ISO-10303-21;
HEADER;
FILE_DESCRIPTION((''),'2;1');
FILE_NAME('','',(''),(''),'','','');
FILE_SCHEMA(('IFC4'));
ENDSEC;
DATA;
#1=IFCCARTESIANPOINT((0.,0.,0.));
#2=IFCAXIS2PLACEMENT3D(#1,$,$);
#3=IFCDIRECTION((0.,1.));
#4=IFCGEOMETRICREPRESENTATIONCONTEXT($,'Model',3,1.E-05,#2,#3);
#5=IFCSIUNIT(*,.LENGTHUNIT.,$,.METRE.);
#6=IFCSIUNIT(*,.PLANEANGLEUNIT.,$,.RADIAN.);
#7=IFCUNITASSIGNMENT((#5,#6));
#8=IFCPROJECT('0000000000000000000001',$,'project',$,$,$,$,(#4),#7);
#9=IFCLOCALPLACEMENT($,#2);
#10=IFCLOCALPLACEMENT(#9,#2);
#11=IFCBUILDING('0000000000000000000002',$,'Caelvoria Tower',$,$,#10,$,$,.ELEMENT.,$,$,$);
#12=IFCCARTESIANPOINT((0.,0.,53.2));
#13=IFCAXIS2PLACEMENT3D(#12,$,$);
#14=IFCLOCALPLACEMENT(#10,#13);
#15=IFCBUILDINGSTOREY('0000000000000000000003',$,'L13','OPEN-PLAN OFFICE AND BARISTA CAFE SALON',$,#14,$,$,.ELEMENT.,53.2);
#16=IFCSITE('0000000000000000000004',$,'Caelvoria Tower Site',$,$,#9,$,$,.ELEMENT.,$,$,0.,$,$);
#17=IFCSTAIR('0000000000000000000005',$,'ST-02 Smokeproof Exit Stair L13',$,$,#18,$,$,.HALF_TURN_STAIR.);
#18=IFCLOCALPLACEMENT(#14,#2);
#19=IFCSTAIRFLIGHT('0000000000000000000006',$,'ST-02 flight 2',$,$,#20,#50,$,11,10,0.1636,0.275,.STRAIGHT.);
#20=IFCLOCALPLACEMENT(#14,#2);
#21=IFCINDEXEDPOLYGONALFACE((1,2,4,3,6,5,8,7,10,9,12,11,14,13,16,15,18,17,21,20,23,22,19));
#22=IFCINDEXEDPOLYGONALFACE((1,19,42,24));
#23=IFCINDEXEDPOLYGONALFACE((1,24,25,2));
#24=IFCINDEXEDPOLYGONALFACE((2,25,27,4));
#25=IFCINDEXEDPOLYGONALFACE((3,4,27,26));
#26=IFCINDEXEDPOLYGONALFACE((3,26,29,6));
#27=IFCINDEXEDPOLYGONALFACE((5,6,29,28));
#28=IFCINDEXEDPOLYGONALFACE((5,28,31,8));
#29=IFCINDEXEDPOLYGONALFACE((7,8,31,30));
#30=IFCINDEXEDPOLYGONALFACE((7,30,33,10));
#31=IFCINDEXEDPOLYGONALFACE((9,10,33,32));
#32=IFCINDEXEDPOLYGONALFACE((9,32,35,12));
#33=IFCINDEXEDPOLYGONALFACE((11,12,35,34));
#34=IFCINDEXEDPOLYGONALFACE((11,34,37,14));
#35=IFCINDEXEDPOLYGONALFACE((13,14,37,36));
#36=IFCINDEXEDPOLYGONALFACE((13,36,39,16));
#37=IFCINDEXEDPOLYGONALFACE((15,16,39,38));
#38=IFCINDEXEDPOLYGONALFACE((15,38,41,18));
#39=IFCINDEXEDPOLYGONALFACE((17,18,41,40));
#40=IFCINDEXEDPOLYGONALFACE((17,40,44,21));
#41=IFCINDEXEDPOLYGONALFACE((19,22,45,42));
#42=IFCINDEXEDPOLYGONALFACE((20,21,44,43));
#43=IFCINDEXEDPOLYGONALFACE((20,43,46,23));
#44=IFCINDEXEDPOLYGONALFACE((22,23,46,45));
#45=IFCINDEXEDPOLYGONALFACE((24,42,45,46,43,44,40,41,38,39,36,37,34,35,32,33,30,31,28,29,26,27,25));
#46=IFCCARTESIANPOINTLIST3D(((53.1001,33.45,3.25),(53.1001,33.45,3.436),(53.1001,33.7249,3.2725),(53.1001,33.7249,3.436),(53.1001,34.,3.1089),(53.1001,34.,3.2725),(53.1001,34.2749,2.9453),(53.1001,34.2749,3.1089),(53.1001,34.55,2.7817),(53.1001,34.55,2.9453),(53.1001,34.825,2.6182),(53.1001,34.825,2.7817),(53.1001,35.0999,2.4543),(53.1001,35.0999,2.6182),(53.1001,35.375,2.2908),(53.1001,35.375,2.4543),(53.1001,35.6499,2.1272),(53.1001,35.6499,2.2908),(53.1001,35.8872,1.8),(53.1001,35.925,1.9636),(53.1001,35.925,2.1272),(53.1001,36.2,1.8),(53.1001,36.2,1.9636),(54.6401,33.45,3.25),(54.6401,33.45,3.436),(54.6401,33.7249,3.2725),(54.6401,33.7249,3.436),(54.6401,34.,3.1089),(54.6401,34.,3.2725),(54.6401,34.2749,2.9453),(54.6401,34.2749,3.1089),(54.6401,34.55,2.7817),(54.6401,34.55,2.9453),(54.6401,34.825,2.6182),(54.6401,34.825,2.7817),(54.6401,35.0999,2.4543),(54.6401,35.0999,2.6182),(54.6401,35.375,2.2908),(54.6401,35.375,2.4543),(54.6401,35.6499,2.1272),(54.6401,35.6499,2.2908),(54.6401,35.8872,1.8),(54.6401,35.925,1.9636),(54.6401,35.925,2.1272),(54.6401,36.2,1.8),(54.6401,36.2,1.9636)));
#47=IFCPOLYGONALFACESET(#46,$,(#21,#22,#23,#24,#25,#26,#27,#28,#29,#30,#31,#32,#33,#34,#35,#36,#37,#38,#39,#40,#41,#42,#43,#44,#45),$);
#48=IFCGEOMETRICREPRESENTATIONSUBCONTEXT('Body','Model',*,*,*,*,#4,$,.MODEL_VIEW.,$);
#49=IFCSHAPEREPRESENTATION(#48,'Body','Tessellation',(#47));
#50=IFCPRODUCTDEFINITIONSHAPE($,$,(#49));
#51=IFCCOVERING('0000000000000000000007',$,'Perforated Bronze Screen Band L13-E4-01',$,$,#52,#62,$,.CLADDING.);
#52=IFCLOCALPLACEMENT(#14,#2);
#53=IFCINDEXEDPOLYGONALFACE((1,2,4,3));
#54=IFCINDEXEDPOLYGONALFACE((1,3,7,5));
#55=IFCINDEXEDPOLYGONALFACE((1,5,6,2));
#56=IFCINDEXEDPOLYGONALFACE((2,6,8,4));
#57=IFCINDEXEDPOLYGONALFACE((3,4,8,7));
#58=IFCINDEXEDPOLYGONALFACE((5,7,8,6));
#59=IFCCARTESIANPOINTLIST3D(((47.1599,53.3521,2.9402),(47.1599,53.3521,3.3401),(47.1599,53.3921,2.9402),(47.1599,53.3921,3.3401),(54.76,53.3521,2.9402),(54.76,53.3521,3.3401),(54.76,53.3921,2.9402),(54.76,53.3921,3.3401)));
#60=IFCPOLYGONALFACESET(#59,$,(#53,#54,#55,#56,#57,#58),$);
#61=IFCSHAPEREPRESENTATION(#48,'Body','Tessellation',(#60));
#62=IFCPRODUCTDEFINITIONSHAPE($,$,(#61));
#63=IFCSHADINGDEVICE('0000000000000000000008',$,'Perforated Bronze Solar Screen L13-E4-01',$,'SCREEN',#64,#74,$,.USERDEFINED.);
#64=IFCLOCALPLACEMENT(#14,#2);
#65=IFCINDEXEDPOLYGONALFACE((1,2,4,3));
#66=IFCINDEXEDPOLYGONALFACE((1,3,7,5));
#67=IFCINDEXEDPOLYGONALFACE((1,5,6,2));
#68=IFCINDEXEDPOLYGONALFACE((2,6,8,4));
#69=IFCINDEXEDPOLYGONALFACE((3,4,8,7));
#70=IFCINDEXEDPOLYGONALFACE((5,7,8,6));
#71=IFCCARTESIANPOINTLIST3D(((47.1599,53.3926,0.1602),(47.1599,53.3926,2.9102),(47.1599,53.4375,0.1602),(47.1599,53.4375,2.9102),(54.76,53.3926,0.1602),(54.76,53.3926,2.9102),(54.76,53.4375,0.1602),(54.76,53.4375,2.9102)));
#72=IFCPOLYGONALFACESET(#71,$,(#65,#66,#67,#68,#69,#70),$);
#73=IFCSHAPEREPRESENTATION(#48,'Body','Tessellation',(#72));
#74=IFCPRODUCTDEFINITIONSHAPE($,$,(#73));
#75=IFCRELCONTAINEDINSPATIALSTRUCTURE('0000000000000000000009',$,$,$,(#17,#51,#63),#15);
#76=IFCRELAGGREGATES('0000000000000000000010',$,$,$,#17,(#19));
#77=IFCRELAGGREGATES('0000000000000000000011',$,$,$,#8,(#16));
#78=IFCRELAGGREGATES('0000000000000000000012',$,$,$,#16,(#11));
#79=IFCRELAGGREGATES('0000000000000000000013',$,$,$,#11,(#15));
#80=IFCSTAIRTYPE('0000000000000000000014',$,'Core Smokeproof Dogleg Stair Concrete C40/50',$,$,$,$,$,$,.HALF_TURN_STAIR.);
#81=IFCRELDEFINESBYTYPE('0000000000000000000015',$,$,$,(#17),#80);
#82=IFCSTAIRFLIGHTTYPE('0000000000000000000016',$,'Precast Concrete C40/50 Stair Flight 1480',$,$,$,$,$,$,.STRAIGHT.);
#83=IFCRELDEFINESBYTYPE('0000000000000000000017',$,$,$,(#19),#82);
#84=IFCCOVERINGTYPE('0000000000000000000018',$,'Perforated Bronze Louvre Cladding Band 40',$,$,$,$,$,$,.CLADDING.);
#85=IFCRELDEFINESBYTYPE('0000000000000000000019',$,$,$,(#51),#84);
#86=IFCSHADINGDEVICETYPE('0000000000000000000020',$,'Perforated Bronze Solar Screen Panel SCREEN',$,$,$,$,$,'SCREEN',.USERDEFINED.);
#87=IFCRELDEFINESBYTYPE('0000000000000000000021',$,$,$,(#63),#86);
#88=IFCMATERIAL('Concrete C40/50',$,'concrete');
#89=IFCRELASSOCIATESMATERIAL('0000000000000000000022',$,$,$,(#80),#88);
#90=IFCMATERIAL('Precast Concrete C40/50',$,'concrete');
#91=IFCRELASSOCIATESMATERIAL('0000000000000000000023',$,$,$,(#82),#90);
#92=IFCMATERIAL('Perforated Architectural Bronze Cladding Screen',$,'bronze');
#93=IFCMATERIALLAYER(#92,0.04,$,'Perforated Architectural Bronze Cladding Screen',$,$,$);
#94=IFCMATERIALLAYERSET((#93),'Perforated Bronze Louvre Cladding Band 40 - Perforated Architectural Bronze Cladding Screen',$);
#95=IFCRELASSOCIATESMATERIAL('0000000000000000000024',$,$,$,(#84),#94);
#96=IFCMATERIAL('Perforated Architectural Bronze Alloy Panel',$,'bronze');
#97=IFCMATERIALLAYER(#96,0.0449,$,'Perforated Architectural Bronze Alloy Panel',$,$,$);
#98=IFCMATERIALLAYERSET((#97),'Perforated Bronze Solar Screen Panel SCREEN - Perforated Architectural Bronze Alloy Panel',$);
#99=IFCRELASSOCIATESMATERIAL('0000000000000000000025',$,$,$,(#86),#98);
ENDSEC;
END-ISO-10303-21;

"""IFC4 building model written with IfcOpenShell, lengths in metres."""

from ifc_helpers import new_model, si_unit, direction, frame, origin, origin_2d, place, context, subcontext, project, spatial, polyline, rectangle, outline, extrude, material, layer, layer_set, type_object, element, aggregate, save


model = new_model("IFC4")

# Units and contexts
model_context = context("Model", 3, precision=1e-05, world=origin(), true_north=direction((0.0, 1.0)))
body_context = subcontext(model_context, "Body", "Model", "MODEL_VIEW")
ifc_project = project(units=[si_unit("LENGTHUNIT", "METRE"), si_unit("PLANEANGLEUNIT", "RADIAN")], contexts=[model_context])

# Site, building, storey
site_placement = place(None, origin())
site = spatial("IfcSite", under=ifc_project, at=site_placement, Name="Caelvoria Tower Site", CompositionType="ELEMENT", RefElevation=0.0)
building_placement = place(site_placement, origin())
building = spatial("IfcBuilding", under=site, at=building_placement, Name="Caelvoria Tower", CompositionType="ELEMENT")
storey_placement = place(building_placement, frame((0.0, 0.0, 53.2)))
storey = spatial("IfcBuildingStorey", under=building, at=storey_placement, Name="L13", Description="OPEN-PLAN OFFICE AND BARISTA CAFE SALON", CompositionType="ELEMENT", Elevation=53.2)

# Stair, stair flight
ifc_material_1 = material(Name="Concrete C40/50", Category="concrete")
stair_type = type_object("IfcStairType", Name="Core Smokeproof Dogleg Stair Concrete C40/50", PredefinedType="HALF_TURN_STAIR", material=ifc_material_1)
stair_placement = place(storey_placement, origin())
stair = element("IfcStair", 1, at=stair_placement, inside=storey, type_object=stair_type, Name="ST-02 Smokeproof Exit Stair L13", PredefinedType="HALF_TURN_STAIR")
ifc_material_2 = material(Name="Precast Concrete C40/50", Category="concrete")
stair_flight_type = type_object("IfcStairFlightType", Name="Precast Concrete C40/50 Stair Flight 1480", PredefinedType="STRAIGHT", material=ifc_material_2)
stair_flight_1_placement = place(storey_placement, frame((53.8701, 36.2, 1.8), z_axis=(0.0, 0.0, 1.0), x_axis=(0.0, -1.0, 0.0)))
stair_flight_1 = element("IfcStairFlight", 2, at=stair_flight_1_placement, type_object=stair_flight_type, Name="ST-02 flight 2", NumberOfRisers=11, NumberOfTreads=10, PredefinedType="STRAIGHT", RiserHeight=0.1636, TreadLength=0.275, context=body_context, shape_type="SweptSolid", body=[
    extrude(outline(polyline([(0.0, 0.0), (0.0, 0.1636), (0.2749, 0.1636), (0.2749, 0.3271), (0.55, 0.3271), (0.55, 0.4907), (0.825, 0.4907), (0.825, 0.6543), (1.1001, 0.6543), (1.1001, 0.8181), (1.375, 0.8181), (1.375, 0.9817), (1.6499, 0.9817), (1.6499, 1.1453), (1.925, 1.1453), (1.925, 1.3088), (2.2, 1.3088), (2.2, 1.4724), (2.4751, 1.4724), (2.4751, 1.636), (2.75, 1.636), (2.75, 1.7996), (2.75, 1.45), (0.3127, 0.0), (0.0, 0.0)])), frame((0.0, 0.77, 0.0), z_axis=(0.0, -1.0, 0.0), x_axis=(1.0, 0.0, 0.0)), (0.0, 0.0, 1.0), 1.54),
])
aggregate(stair, [stair_flight_1])

# Covering
ifc_material_3 = material(Name="Perforated Architectural Bronze Cladding Screen", Category="bronze")
ifc_layer_1 = layer(ifc_material_3, 0.04, Name="Perforated Architectural Bronze Cladding Screen")
ifc_layer_set_1 = layer_set([ifc_layer_1], Name="Perforated Bronze Louvre Cladding Band 40 - Perforated Architectural Bronze Cladding Screen")
covering_type = type_object("IfcCoveringType", Name="Perforated Bronze Louvre Cladding Band 40", PredefinedType="CLADDING", material=ifc_layer_set_1)
covering_placement = place(storey_placement, frame((50.96, 53.3721, 2.9402), z_axis=(0.0, 0.0, 1.0), x_axis=(-1.0, 0.0, 0.0)))
element("IfcCovering", 3, at=covering_placement, inside=storey, type_object=covering_type, Name="Perforated Bronze Screen Band L13-E4-01", PredefinedType="CLADDING", context=body_context, shape_type="SweptSolid", body=[
    extrude(rectangle(XDim=7.6001, YDim=0.04, at=origin_2d()), origin(), (0.0, 0.0, 1.0), 0.3999),
])

# Shading device
ifc_material_4 = material(Name="Perforated Architectural Bronze Alloy Panel", Category="bronze")
ifc_layer_2 = layer(ifc_material_4, 0.0449, Name="Perforated Architectural Bronze Alloy Panel")
ifc_layer_set_2 = layer_set([ifc_layer_2], Name="Perforated Bronze Solar Screen Panel SCREEN - Perforated Architectural Bronze Alloy Panel")
shading_device_type = type_object("IfcShadingDeviceType", Name="Perforated Bronze Solar Screen Panel SCREEN", ElementType="SCREEN", PredefinedType="USERDEFINED", material=ifc_layer_set_2)
shading_device_placement = place(storey_placement, frame((50.96, 53.415, 0.1602), z_axis=(0.0, 0.0, 1.0), x_axis=(-1.0, 0.0, 0.0)))
element("IfcShadingDevice", 4, at=shading_device_placement, inside=storey, type_object=shading_device_type, Name="Perforated Bronze Solar Screen L13-E4-01", ObjectType="SCREEN", PredefinedType="USERDEFINED", context=body_context, shape_type="SweptSolid", body=[
    extrude(rectangle(XDim=7.6001, YDim=0.0449, at=origin_2d()), origin(), (0.0, 0.0, 1.0), 2.75),
])

save(model, "model.ifc")
